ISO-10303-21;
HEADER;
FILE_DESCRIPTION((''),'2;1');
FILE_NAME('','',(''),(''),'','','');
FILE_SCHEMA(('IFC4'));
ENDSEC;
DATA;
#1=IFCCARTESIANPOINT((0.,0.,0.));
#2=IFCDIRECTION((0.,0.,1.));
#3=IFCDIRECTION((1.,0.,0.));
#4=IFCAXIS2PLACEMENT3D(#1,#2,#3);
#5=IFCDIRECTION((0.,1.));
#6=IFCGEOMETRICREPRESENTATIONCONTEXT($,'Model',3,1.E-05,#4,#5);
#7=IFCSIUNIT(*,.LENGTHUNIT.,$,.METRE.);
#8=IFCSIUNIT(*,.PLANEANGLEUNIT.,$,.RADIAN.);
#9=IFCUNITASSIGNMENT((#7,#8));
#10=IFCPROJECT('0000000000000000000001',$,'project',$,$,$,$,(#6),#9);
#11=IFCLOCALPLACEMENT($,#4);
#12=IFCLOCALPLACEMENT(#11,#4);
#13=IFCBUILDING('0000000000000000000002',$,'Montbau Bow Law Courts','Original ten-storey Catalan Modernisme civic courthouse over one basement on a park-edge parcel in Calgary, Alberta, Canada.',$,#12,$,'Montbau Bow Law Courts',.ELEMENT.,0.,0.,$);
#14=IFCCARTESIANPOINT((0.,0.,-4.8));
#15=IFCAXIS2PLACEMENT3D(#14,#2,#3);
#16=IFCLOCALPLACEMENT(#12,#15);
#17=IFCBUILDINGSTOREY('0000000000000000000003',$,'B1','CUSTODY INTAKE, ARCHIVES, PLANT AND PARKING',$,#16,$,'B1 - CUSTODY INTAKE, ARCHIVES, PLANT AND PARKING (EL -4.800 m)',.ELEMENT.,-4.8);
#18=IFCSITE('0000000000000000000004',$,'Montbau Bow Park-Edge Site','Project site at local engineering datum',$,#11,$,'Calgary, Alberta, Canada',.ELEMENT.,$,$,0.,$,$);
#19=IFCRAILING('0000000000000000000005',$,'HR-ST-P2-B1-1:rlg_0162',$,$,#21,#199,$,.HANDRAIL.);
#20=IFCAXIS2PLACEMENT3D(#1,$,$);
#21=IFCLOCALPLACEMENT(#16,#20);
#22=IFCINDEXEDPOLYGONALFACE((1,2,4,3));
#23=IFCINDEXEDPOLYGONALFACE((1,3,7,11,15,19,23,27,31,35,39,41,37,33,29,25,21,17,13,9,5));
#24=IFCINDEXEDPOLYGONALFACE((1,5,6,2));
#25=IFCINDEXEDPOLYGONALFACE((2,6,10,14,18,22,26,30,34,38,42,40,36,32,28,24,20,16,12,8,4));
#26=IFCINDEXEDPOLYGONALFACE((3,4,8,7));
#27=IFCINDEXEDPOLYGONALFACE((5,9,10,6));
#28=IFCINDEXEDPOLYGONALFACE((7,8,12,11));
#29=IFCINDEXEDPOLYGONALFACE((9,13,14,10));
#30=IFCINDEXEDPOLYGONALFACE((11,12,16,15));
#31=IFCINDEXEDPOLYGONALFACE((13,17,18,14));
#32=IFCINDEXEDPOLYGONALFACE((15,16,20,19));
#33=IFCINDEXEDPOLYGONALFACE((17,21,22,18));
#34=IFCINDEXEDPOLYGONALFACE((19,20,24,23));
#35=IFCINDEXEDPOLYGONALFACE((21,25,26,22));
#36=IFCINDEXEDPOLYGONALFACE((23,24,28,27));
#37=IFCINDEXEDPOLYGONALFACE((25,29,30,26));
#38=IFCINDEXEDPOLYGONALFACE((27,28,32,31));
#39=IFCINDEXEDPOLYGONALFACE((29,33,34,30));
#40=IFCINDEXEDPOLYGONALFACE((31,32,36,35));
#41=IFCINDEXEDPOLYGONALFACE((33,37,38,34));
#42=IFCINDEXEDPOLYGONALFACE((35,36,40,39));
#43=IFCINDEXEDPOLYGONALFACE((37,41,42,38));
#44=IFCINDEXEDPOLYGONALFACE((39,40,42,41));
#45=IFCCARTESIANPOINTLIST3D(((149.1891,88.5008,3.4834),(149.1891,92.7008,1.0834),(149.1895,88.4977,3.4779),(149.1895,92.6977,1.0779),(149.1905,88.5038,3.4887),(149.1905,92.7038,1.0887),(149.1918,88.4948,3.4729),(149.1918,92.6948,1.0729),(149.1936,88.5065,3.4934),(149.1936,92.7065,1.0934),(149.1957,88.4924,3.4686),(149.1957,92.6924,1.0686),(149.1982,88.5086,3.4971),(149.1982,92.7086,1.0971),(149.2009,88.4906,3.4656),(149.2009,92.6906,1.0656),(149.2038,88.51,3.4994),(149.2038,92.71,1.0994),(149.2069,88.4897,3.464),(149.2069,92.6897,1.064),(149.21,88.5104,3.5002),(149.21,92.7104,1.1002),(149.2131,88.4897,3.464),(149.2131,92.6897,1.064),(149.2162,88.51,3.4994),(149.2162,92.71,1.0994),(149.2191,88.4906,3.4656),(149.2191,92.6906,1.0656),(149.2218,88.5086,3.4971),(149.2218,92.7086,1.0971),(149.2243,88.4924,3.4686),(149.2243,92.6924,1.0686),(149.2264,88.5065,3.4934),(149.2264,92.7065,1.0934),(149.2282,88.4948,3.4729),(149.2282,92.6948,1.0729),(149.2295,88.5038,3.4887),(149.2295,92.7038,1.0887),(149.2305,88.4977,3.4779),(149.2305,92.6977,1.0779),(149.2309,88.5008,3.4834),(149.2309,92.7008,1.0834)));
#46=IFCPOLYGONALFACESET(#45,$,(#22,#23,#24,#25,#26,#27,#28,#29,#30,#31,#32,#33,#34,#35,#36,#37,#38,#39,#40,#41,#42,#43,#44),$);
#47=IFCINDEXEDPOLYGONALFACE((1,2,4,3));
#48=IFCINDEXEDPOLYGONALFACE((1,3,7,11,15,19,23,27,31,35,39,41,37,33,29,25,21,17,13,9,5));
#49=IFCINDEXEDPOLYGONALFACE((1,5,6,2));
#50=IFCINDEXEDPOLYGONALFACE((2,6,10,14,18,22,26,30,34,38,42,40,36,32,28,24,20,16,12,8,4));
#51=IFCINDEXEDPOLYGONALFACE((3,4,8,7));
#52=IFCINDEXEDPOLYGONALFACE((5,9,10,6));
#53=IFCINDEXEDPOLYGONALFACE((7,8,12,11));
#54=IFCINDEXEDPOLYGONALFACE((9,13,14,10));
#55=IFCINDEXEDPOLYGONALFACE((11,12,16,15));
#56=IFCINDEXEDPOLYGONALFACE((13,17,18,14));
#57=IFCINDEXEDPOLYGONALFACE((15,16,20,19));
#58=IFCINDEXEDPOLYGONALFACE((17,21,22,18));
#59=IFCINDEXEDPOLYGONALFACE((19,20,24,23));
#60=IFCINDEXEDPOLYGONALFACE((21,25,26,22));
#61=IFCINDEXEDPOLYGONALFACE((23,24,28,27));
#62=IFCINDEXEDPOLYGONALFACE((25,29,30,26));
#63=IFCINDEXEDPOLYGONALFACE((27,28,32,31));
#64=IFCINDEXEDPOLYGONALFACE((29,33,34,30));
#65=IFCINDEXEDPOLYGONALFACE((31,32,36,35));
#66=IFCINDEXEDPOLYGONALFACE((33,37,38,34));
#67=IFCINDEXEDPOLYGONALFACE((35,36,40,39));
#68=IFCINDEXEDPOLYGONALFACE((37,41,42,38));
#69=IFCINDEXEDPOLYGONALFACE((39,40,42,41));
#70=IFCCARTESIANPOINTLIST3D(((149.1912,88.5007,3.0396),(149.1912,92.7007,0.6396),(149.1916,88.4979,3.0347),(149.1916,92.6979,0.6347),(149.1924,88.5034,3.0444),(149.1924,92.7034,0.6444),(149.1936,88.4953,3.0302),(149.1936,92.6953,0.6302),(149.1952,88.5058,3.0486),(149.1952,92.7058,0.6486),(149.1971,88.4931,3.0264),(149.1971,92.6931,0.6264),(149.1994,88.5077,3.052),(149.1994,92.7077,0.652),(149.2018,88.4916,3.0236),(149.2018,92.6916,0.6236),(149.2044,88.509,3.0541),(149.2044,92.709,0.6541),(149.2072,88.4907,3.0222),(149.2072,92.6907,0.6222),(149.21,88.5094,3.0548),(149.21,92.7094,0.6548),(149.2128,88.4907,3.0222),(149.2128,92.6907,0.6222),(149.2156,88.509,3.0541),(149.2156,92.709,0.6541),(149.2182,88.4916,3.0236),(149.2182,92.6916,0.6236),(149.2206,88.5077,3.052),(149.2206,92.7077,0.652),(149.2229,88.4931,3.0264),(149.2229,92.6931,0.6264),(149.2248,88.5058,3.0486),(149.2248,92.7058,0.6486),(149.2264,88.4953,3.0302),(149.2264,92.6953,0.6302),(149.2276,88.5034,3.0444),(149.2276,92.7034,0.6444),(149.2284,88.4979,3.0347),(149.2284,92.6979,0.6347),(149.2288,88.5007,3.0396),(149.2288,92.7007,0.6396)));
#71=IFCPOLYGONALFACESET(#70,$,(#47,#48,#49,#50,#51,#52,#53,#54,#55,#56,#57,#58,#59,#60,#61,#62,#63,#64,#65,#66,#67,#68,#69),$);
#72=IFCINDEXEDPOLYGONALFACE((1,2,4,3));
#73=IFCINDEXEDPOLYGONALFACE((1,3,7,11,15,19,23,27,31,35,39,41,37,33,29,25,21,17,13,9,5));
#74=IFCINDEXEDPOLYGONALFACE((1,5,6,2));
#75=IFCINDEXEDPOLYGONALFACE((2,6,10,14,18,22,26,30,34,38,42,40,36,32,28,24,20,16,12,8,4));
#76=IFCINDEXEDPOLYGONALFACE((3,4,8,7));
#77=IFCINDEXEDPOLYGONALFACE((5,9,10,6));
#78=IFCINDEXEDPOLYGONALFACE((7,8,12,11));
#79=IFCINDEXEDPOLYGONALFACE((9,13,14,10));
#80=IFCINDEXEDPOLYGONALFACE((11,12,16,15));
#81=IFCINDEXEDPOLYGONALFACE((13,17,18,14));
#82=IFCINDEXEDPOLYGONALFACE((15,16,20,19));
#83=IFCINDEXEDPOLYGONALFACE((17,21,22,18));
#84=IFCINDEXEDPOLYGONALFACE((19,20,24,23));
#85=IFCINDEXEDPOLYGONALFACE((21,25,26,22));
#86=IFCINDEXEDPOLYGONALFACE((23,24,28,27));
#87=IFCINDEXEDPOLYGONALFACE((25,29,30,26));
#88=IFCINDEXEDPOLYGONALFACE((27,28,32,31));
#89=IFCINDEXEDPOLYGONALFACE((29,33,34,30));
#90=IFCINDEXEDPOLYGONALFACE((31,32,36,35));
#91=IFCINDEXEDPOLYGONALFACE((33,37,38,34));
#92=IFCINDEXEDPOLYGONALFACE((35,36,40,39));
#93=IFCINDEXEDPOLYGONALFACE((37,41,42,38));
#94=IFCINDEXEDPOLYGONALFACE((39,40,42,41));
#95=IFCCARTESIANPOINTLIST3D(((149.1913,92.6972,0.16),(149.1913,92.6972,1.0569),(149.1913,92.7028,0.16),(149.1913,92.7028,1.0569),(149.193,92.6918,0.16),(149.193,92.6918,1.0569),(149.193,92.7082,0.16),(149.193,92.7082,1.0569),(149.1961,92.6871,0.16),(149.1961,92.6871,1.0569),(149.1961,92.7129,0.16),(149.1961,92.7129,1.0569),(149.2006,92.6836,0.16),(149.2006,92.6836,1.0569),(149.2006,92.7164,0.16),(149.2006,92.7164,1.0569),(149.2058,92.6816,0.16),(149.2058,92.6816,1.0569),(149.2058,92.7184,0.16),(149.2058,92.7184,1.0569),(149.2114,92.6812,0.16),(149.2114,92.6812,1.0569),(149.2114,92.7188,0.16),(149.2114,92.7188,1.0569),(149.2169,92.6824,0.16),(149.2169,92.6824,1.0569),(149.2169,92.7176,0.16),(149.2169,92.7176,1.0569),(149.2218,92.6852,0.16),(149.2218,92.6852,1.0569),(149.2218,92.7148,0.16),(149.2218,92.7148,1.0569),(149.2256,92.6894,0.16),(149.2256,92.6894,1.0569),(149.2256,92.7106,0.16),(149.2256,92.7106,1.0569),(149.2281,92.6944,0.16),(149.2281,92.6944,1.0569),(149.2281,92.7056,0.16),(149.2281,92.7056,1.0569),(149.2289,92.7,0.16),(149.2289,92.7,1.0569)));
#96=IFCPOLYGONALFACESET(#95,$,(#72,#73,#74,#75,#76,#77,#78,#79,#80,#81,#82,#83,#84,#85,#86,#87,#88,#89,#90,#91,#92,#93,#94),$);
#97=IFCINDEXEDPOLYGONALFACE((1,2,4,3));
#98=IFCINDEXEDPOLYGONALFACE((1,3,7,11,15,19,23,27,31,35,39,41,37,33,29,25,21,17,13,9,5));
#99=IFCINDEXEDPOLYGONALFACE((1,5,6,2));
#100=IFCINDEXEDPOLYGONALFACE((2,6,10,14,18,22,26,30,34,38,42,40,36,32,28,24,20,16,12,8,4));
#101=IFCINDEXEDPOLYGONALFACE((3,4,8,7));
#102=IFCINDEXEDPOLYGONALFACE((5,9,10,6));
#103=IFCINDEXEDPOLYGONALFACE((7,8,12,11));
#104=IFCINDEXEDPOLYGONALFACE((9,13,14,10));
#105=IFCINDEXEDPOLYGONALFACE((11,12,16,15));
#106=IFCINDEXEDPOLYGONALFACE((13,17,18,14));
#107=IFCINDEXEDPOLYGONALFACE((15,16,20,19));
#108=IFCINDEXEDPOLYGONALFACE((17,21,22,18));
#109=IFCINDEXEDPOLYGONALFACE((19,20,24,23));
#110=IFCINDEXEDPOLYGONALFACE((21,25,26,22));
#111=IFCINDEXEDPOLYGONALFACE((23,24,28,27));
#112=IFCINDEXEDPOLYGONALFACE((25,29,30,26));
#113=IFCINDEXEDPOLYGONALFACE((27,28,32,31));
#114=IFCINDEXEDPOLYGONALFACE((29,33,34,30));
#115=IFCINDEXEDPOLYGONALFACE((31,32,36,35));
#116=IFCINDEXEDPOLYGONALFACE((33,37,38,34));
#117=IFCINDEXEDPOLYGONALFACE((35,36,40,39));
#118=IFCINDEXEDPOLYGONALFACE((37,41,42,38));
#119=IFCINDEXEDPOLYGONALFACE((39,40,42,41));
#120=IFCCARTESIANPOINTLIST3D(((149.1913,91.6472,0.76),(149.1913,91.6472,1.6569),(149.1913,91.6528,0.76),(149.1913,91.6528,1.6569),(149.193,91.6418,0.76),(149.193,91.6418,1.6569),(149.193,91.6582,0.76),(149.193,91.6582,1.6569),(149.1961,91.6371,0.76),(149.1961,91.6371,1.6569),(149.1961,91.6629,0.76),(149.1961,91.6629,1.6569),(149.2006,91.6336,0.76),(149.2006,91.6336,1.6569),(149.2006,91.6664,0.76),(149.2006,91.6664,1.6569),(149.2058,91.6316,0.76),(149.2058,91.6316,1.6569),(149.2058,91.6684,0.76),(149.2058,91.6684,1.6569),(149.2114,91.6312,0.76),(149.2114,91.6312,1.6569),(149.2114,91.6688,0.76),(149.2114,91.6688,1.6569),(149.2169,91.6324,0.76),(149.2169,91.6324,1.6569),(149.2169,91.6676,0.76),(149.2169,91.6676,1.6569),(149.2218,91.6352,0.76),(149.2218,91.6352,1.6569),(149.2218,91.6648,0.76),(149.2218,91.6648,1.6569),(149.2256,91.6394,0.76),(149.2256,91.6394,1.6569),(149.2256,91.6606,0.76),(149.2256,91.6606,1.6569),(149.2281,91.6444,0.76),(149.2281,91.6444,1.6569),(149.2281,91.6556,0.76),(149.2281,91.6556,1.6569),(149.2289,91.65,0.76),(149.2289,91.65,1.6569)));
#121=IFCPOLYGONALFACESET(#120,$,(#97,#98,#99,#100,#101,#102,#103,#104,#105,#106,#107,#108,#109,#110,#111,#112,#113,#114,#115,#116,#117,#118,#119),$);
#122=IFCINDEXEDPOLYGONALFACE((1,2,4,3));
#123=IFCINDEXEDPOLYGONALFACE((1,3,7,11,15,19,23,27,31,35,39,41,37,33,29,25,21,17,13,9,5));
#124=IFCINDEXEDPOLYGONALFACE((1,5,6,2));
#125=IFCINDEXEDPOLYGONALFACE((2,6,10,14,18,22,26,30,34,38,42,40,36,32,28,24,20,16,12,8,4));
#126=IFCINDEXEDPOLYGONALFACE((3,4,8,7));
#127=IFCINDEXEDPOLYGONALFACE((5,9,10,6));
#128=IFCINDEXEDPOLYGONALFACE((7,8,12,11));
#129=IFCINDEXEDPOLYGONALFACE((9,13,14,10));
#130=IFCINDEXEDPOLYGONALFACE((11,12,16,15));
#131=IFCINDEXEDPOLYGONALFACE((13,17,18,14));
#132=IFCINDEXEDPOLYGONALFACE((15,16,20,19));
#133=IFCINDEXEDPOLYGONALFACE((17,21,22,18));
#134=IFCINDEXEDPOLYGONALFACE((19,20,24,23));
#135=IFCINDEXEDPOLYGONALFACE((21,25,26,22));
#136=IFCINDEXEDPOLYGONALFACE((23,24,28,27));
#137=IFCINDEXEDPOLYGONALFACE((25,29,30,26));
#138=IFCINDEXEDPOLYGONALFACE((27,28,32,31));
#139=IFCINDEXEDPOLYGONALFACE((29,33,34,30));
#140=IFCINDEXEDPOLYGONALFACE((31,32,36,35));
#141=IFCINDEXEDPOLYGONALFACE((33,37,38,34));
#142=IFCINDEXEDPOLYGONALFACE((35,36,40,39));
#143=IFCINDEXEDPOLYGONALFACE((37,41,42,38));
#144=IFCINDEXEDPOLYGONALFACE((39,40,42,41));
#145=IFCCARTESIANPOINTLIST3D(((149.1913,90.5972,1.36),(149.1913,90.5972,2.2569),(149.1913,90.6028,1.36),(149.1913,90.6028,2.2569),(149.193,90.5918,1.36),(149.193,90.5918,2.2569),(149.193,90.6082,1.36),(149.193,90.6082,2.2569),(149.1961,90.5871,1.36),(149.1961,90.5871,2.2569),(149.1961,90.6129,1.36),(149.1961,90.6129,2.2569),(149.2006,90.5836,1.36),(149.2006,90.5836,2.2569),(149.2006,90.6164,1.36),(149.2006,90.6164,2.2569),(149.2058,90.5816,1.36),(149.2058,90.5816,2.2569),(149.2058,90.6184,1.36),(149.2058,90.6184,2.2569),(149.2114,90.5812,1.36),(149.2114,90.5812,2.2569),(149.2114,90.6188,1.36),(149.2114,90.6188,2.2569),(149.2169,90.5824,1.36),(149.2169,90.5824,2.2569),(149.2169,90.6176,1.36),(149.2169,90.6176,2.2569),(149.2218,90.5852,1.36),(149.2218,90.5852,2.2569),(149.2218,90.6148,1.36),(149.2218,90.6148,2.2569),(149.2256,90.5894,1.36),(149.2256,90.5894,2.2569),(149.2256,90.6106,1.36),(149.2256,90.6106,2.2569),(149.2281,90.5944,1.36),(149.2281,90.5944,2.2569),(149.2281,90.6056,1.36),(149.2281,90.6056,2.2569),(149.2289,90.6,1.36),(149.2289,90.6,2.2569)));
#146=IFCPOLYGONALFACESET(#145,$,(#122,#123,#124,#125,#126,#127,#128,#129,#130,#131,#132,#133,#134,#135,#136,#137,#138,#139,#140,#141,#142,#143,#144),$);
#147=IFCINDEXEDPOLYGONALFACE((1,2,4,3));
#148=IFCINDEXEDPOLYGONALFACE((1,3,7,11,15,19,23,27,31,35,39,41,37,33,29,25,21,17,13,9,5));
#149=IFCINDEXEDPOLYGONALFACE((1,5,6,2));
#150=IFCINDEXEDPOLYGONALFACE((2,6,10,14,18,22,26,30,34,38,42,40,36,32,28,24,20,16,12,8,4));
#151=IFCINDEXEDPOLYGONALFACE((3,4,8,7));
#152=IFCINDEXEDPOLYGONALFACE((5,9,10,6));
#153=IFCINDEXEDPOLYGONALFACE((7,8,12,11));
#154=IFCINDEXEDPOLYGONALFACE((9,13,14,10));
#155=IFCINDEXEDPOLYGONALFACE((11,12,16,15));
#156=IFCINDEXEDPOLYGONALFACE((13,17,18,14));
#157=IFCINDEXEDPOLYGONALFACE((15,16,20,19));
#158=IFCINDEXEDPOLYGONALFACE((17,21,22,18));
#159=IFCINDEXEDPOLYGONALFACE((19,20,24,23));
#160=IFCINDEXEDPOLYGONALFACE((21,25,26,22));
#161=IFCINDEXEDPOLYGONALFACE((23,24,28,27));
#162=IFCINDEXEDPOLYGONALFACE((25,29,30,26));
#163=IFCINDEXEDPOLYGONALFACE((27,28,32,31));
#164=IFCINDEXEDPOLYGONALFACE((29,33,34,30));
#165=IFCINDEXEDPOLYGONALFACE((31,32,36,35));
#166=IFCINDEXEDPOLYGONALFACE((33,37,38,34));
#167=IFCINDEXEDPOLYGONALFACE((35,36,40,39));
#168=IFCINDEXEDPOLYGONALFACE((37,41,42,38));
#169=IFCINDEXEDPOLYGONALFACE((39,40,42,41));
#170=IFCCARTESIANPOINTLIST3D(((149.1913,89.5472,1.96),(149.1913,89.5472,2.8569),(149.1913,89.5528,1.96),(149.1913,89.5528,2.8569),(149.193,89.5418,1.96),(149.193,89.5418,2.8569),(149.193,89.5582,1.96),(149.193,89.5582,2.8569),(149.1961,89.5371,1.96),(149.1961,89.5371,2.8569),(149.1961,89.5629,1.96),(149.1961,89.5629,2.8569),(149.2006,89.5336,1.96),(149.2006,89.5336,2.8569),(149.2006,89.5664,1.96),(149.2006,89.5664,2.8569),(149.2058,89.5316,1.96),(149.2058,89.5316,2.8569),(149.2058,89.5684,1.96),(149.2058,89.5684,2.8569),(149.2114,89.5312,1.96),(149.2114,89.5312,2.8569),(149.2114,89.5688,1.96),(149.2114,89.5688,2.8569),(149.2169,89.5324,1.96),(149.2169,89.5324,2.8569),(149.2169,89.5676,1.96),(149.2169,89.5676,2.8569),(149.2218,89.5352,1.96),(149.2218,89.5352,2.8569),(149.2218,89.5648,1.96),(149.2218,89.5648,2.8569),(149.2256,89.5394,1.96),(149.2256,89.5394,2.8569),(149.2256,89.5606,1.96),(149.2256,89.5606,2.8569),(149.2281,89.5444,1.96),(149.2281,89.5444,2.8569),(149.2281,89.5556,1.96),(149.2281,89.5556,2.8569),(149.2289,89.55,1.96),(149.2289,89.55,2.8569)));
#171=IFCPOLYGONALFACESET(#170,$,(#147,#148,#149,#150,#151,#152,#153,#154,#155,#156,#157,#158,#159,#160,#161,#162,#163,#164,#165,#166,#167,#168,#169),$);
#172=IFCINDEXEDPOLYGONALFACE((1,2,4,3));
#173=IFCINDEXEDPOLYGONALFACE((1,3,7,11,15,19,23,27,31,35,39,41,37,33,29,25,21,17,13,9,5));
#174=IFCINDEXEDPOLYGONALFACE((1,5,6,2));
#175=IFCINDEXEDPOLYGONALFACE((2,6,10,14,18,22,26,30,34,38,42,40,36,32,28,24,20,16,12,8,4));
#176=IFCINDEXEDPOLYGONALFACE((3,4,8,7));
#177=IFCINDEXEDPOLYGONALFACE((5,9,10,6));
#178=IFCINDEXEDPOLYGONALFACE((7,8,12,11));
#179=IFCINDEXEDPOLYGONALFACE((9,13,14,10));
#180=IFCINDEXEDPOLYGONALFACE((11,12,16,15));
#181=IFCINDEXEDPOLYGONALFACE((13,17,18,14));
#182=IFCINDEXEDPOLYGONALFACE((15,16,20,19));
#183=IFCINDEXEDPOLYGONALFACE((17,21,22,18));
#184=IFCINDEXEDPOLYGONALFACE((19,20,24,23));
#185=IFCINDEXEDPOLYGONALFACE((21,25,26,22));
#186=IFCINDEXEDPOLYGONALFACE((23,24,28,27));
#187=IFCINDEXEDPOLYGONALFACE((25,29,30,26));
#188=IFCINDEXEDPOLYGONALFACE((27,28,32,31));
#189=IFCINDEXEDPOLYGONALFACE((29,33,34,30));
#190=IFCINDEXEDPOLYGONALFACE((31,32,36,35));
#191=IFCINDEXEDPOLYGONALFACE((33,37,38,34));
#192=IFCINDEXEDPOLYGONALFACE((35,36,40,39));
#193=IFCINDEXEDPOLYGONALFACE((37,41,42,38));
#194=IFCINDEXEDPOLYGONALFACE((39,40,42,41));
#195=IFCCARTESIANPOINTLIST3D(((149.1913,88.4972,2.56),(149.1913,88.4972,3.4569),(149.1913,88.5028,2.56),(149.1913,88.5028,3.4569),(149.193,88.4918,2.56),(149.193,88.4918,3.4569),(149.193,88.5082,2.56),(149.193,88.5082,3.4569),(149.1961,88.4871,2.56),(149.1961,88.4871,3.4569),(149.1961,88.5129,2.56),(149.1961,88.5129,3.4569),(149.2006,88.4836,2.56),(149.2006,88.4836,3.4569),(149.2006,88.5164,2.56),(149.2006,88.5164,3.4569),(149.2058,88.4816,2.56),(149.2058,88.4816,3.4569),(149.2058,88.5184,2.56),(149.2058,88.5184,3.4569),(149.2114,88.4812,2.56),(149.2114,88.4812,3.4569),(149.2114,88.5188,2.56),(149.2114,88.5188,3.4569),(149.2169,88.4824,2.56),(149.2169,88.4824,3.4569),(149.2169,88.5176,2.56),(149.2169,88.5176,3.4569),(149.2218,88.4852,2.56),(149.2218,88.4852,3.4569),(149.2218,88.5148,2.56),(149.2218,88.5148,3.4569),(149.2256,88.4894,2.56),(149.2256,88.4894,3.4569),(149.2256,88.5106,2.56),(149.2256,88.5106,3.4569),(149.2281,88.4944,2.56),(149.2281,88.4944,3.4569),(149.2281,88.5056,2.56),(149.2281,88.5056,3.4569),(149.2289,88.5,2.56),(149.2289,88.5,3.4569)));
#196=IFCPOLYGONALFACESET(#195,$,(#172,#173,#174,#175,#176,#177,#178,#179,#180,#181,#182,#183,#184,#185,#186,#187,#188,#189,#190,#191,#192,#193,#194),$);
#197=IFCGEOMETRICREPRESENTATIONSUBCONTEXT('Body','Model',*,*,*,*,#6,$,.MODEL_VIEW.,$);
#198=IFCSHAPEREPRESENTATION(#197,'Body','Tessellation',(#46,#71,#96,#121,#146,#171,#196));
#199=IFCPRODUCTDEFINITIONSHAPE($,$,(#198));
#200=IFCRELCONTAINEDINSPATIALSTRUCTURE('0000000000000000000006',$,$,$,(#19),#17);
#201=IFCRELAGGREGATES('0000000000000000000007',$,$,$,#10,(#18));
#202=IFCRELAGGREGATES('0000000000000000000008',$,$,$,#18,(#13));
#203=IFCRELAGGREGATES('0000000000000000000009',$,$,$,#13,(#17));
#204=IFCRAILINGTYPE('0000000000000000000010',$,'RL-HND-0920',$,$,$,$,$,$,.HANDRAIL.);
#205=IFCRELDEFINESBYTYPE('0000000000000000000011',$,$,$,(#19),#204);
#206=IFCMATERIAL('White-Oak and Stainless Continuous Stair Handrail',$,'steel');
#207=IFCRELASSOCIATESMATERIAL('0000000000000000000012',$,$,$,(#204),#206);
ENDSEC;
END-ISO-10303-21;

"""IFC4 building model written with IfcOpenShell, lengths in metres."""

from ifc_helpers import new_model, si_unit, direction, frame, origin_with_axes, origin_2d_with_axis, place, context, subcontext, project, spatial, circle, extrude, material, type_object, element, save


model = new_model("IFC4")

# Units and contexts
model_context = context("Model", 3, precision=1e-05, world=origin_with_axes(), true_north=direction((0.0, 1.0)))
body_context = subcontext(model_context, "Body", "Model", "MODEL_VIEW")
ifc_project = project(units=[si_unit("LENGTHUNIT", "METRE"), si_unit("PLANEANGLEUNIT", "RADIAN")], contexts=[model_context])

# Site, building, storey
site_placement = place(None, origin_with_axes())
site = spatial("IfcSite", under=ifc_project, at=site_placement, Name="Montbau Bow Park-Edge Site", Description="Project site at local engineering datum", LongName="Calgary, Alberta, Canada", CompositionType="ELEMENT", RefElevation=0.0)
building_placement = place(site_placement, origin_with_axes())
building = spatial("IfcBuilding", under=site, at=building_placement, Name="Montbau Bow Law Courts", Description="Original ten-storey Catalan Modernisme civic courthouse over one basement on a park-edge parcel in Calgary, Alberta, Canada.", LongName="Montbau Bow Law Courts", CompositionType="ELEMENT", ElevationOfRefHeight=0.0, ElevationOfTerrain=0.0)
storey_placement = place(building_placement, frame((0.0, 0.0, -4.8), z_axis=(0.0, 0.0, 1.0), x_axis=(1.0, 0.0, 0.0)))
storey = spatial("IfcBuildingStorey", under=building, at=storey_placement, Name="B1", Description="CUSTODY INTAKE, ARCHIVES, PLANT AND PARKING", LongName="B1 - CUSTODY INTAKE, ARCHIVES, PLANT AND PARKING (EL -4.800 m)", CompositionType="ELEMENT", Elevation=-4.8)

# Railing
ifc_material_1 = material(Name="White-Oak and Stainless Continuous Stair Handrail", Category="steel")
railing_type_1 = type_object("IfcRailingType", Name="RL-HND-0920", PredefinedType="HANDRAIL", material=ifc_material_1)
railing_1_placement = place(None, origin_with_axes())
element("IfcRailing", 1, at=railing_1_placement, inside=storey, type_object=railing_type_1, Name="HR-ST-P2-B1-1:rlg_0162", PredefinedType="HANDRAIL", context=body_context, shape_type="SweptSolid", body=[
    extrude(circle(Radius=0.021, at=origin_2d_with_axis()), frame((149.21, 92.7, -3.718), z_axis=(0.0, -0.868243, 0.496139), x_axis=(0.0, 0.496139, 0.868243)), (0.0, 0.0, 1.0), 4.8374),
    extrude(circle(Radius=0.0189, at=origin_2d_with_axis()), frame((149.21, 92.7, -4.1616), z_axis=(0.0, -0.868243, 0.496139), x_axis=(0.0, 0.496139, 0.868243)), (0.0, 0.0, 1.0), 4.8374),
    extrude(circle(Radius=0.0189, at=origin_2d_with_axis()), frame((149.21, 92.7, -4.64), z_axis=(0.0, 0.0, 1.0), x_axis=(1.0, 0.0, 0.0)), (0.0, 0.0, 1.0), 0.8969),
    extrude(circle(Radius=0.0189, at=origin_2d_with_axis()), frame((149.21, 91.65, -4.04), z_axis=(0.0, 0.0, 1.0), x_axis=(1.0, 0.0, 0.0)), (0.0, 0.0, 1.0), 0.8969),
    extrude(circle(Radius=0.0189, at=origin_2d_with_axis()), frame((149.21, 90.6, -3.44), z_axis=(0.0, 0.0, 1.0), x_axis=(1.0, 0.0, 0.0)), (0.0, 0.0, 1.0), 0.8969),
    extrude(circle(Radius=0.0189, at=origin_2d_with_axis()), frame((149.21, 89.55, -2.84), z_axis=(0.0, 0.0, 1.0), x_axis=(1.0, 0.0, 0.0)), (0.0, 0.0, 1.0), 0.8969),
    extrude(circle(Radius=0.0189, at=origin_2d_with_axis()), frame((149.21, 88.5, -2.24), z_axis=(0.0, 0.0, 1.0), x_axis=(1.0, 0.0, 0.0)), (0.0, 0.0, 1.0), 0.8969),
])

save(model, "model.ifc")
